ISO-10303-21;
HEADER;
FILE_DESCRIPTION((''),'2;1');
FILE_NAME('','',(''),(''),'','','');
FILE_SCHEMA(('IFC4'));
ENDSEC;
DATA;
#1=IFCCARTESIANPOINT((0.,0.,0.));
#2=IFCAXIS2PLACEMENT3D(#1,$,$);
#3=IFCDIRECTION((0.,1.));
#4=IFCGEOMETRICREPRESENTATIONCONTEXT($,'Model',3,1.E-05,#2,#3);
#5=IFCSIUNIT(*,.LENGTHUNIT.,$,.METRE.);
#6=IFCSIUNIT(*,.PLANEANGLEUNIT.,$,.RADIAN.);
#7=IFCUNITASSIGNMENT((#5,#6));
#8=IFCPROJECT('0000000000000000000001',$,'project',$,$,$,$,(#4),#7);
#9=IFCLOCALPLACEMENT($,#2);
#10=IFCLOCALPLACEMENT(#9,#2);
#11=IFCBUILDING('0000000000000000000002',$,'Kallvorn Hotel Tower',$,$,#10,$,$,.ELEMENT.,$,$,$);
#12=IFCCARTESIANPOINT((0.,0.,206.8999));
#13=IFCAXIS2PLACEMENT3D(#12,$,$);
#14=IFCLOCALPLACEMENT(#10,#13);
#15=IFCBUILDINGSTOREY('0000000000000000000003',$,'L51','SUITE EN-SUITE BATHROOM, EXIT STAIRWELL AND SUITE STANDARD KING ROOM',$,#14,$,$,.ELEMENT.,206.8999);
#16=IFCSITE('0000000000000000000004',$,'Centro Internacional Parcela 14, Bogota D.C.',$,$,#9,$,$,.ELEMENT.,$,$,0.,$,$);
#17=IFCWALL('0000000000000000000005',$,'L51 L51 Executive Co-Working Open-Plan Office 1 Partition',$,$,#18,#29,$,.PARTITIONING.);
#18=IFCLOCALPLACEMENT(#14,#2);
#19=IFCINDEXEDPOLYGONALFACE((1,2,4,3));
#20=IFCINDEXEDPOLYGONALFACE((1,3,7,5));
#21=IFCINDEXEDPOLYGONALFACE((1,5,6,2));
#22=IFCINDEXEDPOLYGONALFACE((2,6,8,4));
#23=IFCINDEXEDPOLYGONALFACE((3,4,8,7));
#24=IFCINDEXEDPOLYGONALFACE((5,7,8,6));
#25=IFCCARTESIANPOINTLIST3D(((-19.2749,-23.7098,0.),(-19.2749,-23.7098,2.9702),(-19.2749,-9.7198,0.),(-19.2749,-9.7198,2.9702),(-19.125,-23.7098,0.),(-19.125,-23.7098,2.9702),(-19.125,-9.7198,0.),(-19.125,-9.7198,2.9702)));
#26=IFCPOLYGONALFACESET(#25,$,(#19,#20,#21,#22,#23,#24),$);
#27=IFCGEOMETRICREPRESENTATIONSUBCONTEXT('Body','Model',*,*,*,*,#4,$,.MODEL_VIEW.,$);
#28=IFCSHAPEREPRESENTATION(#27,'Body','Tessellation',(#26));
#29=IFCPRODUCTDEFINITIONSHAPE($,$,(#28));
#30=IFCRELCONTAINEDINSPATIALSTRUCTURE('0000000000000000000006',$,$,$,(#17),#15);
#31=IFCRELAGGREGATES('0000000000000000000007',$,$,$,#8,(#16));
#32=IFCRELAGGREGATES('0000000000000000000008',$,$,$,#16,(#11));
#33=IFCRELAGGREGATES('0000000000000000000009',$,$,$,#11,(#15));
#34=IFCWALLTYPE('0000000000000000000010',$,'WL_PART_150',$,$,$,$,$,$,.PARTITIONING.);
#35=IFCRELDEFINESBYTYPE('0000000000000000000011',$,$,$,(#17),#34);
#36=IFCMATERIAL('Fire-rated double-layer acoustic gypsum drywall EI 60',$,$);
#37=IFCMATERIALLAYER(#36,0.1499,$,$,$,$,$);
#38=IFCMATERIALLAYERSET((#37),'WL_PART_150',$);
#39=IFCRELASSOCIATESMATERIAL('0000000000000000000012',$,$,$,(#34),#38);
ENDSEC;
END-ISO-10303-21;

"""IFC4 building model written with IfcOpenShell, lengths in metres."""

from ifc_helpers import new_model, si_unit, direction, frame, frame_2d, origin, place, context, subcontext, project, spatial, rectangle, extrude, material, layer, layer_set, type_object, element, save


model = new_model("IFC4")

# Units and contexts
model_context = context("Model", 3, precision=1e-05, world=origin(), true_north=direction((0.0, 1.0)))
body_context = subcontext(model_context, "Body", "Model", "MODEL_VIEW")
ifc_project = project(units=[si_unit("LENGTHUNIT", "METRE"), si_unit("PLANEANGLEUNIT", "RADIAN")], contexts=[model_context])

# Site, building, storey
site_placement = place(None, origin())
site = spatial("IfcSite", under=ifc_project, at=site_placement, Name="Centro Internacional Parcela 14, Bogota D.C.", CompositionType="ELEMENT", RefElevation=0.0)
building_placement = place(site_placement, origin())
building = spatial("IfcBuilding", under=site, at=building_placement, Name="Kallvorn Hotel Tower", CompositionType="ELEMENT")
storey_placement = place(building_placement, frame((0.0, 0.0, 206.8999)))
storey = spatial("IfcBuildingStorey", under=building, at=storey_placement, Name="L51", Description="SUITE EN-SUITE BATHROOM, EXIT STAIRWELL AND SUITE STANDARD KING ROOM", CompositionType="ELEMENT", Elevation=206.8999)

# Shared definitions
ifc_material_1 = material(Name="Fire-rated double-layer acoustic gypsum drywall EI 60")
ifc_layer_1 = layer(ifc_material_1, 0.1499)
ifc_layer_set_1 = layer_set([ifc_layer_1], Name="WL_PART_150")
wall_type_1 = type_object("IfcWallType", Name="WL_PART_150", PredefinedType="PARTITIONING", material=ifc_layer_set_1)

# Wall
wall_1_placement = place(storey_placement, frame((-19.2, -23.71, 0.0), z_axis=(0.0, 0.0, 1.0), x_axis=(0.0, 1.0, 0.0)))
element("IfcWall", 1, at=wall_1_placement, inside=storey, type_object=wall_type_1, Name="L51 L51 Executive Co-Working Open-Plan Office 1 Partition", PredefinedType="PARTITIONING", context=body_context, shape_type="SweptSolid", body=[
    extrude(rectangle(XDim=13.99, YDim=0.1499, at=frame_2d((6.9951, 0.0))), origin(), (0.0, 0.0, 1.0), 2.9702),
])

save(model, "model.ifc")
